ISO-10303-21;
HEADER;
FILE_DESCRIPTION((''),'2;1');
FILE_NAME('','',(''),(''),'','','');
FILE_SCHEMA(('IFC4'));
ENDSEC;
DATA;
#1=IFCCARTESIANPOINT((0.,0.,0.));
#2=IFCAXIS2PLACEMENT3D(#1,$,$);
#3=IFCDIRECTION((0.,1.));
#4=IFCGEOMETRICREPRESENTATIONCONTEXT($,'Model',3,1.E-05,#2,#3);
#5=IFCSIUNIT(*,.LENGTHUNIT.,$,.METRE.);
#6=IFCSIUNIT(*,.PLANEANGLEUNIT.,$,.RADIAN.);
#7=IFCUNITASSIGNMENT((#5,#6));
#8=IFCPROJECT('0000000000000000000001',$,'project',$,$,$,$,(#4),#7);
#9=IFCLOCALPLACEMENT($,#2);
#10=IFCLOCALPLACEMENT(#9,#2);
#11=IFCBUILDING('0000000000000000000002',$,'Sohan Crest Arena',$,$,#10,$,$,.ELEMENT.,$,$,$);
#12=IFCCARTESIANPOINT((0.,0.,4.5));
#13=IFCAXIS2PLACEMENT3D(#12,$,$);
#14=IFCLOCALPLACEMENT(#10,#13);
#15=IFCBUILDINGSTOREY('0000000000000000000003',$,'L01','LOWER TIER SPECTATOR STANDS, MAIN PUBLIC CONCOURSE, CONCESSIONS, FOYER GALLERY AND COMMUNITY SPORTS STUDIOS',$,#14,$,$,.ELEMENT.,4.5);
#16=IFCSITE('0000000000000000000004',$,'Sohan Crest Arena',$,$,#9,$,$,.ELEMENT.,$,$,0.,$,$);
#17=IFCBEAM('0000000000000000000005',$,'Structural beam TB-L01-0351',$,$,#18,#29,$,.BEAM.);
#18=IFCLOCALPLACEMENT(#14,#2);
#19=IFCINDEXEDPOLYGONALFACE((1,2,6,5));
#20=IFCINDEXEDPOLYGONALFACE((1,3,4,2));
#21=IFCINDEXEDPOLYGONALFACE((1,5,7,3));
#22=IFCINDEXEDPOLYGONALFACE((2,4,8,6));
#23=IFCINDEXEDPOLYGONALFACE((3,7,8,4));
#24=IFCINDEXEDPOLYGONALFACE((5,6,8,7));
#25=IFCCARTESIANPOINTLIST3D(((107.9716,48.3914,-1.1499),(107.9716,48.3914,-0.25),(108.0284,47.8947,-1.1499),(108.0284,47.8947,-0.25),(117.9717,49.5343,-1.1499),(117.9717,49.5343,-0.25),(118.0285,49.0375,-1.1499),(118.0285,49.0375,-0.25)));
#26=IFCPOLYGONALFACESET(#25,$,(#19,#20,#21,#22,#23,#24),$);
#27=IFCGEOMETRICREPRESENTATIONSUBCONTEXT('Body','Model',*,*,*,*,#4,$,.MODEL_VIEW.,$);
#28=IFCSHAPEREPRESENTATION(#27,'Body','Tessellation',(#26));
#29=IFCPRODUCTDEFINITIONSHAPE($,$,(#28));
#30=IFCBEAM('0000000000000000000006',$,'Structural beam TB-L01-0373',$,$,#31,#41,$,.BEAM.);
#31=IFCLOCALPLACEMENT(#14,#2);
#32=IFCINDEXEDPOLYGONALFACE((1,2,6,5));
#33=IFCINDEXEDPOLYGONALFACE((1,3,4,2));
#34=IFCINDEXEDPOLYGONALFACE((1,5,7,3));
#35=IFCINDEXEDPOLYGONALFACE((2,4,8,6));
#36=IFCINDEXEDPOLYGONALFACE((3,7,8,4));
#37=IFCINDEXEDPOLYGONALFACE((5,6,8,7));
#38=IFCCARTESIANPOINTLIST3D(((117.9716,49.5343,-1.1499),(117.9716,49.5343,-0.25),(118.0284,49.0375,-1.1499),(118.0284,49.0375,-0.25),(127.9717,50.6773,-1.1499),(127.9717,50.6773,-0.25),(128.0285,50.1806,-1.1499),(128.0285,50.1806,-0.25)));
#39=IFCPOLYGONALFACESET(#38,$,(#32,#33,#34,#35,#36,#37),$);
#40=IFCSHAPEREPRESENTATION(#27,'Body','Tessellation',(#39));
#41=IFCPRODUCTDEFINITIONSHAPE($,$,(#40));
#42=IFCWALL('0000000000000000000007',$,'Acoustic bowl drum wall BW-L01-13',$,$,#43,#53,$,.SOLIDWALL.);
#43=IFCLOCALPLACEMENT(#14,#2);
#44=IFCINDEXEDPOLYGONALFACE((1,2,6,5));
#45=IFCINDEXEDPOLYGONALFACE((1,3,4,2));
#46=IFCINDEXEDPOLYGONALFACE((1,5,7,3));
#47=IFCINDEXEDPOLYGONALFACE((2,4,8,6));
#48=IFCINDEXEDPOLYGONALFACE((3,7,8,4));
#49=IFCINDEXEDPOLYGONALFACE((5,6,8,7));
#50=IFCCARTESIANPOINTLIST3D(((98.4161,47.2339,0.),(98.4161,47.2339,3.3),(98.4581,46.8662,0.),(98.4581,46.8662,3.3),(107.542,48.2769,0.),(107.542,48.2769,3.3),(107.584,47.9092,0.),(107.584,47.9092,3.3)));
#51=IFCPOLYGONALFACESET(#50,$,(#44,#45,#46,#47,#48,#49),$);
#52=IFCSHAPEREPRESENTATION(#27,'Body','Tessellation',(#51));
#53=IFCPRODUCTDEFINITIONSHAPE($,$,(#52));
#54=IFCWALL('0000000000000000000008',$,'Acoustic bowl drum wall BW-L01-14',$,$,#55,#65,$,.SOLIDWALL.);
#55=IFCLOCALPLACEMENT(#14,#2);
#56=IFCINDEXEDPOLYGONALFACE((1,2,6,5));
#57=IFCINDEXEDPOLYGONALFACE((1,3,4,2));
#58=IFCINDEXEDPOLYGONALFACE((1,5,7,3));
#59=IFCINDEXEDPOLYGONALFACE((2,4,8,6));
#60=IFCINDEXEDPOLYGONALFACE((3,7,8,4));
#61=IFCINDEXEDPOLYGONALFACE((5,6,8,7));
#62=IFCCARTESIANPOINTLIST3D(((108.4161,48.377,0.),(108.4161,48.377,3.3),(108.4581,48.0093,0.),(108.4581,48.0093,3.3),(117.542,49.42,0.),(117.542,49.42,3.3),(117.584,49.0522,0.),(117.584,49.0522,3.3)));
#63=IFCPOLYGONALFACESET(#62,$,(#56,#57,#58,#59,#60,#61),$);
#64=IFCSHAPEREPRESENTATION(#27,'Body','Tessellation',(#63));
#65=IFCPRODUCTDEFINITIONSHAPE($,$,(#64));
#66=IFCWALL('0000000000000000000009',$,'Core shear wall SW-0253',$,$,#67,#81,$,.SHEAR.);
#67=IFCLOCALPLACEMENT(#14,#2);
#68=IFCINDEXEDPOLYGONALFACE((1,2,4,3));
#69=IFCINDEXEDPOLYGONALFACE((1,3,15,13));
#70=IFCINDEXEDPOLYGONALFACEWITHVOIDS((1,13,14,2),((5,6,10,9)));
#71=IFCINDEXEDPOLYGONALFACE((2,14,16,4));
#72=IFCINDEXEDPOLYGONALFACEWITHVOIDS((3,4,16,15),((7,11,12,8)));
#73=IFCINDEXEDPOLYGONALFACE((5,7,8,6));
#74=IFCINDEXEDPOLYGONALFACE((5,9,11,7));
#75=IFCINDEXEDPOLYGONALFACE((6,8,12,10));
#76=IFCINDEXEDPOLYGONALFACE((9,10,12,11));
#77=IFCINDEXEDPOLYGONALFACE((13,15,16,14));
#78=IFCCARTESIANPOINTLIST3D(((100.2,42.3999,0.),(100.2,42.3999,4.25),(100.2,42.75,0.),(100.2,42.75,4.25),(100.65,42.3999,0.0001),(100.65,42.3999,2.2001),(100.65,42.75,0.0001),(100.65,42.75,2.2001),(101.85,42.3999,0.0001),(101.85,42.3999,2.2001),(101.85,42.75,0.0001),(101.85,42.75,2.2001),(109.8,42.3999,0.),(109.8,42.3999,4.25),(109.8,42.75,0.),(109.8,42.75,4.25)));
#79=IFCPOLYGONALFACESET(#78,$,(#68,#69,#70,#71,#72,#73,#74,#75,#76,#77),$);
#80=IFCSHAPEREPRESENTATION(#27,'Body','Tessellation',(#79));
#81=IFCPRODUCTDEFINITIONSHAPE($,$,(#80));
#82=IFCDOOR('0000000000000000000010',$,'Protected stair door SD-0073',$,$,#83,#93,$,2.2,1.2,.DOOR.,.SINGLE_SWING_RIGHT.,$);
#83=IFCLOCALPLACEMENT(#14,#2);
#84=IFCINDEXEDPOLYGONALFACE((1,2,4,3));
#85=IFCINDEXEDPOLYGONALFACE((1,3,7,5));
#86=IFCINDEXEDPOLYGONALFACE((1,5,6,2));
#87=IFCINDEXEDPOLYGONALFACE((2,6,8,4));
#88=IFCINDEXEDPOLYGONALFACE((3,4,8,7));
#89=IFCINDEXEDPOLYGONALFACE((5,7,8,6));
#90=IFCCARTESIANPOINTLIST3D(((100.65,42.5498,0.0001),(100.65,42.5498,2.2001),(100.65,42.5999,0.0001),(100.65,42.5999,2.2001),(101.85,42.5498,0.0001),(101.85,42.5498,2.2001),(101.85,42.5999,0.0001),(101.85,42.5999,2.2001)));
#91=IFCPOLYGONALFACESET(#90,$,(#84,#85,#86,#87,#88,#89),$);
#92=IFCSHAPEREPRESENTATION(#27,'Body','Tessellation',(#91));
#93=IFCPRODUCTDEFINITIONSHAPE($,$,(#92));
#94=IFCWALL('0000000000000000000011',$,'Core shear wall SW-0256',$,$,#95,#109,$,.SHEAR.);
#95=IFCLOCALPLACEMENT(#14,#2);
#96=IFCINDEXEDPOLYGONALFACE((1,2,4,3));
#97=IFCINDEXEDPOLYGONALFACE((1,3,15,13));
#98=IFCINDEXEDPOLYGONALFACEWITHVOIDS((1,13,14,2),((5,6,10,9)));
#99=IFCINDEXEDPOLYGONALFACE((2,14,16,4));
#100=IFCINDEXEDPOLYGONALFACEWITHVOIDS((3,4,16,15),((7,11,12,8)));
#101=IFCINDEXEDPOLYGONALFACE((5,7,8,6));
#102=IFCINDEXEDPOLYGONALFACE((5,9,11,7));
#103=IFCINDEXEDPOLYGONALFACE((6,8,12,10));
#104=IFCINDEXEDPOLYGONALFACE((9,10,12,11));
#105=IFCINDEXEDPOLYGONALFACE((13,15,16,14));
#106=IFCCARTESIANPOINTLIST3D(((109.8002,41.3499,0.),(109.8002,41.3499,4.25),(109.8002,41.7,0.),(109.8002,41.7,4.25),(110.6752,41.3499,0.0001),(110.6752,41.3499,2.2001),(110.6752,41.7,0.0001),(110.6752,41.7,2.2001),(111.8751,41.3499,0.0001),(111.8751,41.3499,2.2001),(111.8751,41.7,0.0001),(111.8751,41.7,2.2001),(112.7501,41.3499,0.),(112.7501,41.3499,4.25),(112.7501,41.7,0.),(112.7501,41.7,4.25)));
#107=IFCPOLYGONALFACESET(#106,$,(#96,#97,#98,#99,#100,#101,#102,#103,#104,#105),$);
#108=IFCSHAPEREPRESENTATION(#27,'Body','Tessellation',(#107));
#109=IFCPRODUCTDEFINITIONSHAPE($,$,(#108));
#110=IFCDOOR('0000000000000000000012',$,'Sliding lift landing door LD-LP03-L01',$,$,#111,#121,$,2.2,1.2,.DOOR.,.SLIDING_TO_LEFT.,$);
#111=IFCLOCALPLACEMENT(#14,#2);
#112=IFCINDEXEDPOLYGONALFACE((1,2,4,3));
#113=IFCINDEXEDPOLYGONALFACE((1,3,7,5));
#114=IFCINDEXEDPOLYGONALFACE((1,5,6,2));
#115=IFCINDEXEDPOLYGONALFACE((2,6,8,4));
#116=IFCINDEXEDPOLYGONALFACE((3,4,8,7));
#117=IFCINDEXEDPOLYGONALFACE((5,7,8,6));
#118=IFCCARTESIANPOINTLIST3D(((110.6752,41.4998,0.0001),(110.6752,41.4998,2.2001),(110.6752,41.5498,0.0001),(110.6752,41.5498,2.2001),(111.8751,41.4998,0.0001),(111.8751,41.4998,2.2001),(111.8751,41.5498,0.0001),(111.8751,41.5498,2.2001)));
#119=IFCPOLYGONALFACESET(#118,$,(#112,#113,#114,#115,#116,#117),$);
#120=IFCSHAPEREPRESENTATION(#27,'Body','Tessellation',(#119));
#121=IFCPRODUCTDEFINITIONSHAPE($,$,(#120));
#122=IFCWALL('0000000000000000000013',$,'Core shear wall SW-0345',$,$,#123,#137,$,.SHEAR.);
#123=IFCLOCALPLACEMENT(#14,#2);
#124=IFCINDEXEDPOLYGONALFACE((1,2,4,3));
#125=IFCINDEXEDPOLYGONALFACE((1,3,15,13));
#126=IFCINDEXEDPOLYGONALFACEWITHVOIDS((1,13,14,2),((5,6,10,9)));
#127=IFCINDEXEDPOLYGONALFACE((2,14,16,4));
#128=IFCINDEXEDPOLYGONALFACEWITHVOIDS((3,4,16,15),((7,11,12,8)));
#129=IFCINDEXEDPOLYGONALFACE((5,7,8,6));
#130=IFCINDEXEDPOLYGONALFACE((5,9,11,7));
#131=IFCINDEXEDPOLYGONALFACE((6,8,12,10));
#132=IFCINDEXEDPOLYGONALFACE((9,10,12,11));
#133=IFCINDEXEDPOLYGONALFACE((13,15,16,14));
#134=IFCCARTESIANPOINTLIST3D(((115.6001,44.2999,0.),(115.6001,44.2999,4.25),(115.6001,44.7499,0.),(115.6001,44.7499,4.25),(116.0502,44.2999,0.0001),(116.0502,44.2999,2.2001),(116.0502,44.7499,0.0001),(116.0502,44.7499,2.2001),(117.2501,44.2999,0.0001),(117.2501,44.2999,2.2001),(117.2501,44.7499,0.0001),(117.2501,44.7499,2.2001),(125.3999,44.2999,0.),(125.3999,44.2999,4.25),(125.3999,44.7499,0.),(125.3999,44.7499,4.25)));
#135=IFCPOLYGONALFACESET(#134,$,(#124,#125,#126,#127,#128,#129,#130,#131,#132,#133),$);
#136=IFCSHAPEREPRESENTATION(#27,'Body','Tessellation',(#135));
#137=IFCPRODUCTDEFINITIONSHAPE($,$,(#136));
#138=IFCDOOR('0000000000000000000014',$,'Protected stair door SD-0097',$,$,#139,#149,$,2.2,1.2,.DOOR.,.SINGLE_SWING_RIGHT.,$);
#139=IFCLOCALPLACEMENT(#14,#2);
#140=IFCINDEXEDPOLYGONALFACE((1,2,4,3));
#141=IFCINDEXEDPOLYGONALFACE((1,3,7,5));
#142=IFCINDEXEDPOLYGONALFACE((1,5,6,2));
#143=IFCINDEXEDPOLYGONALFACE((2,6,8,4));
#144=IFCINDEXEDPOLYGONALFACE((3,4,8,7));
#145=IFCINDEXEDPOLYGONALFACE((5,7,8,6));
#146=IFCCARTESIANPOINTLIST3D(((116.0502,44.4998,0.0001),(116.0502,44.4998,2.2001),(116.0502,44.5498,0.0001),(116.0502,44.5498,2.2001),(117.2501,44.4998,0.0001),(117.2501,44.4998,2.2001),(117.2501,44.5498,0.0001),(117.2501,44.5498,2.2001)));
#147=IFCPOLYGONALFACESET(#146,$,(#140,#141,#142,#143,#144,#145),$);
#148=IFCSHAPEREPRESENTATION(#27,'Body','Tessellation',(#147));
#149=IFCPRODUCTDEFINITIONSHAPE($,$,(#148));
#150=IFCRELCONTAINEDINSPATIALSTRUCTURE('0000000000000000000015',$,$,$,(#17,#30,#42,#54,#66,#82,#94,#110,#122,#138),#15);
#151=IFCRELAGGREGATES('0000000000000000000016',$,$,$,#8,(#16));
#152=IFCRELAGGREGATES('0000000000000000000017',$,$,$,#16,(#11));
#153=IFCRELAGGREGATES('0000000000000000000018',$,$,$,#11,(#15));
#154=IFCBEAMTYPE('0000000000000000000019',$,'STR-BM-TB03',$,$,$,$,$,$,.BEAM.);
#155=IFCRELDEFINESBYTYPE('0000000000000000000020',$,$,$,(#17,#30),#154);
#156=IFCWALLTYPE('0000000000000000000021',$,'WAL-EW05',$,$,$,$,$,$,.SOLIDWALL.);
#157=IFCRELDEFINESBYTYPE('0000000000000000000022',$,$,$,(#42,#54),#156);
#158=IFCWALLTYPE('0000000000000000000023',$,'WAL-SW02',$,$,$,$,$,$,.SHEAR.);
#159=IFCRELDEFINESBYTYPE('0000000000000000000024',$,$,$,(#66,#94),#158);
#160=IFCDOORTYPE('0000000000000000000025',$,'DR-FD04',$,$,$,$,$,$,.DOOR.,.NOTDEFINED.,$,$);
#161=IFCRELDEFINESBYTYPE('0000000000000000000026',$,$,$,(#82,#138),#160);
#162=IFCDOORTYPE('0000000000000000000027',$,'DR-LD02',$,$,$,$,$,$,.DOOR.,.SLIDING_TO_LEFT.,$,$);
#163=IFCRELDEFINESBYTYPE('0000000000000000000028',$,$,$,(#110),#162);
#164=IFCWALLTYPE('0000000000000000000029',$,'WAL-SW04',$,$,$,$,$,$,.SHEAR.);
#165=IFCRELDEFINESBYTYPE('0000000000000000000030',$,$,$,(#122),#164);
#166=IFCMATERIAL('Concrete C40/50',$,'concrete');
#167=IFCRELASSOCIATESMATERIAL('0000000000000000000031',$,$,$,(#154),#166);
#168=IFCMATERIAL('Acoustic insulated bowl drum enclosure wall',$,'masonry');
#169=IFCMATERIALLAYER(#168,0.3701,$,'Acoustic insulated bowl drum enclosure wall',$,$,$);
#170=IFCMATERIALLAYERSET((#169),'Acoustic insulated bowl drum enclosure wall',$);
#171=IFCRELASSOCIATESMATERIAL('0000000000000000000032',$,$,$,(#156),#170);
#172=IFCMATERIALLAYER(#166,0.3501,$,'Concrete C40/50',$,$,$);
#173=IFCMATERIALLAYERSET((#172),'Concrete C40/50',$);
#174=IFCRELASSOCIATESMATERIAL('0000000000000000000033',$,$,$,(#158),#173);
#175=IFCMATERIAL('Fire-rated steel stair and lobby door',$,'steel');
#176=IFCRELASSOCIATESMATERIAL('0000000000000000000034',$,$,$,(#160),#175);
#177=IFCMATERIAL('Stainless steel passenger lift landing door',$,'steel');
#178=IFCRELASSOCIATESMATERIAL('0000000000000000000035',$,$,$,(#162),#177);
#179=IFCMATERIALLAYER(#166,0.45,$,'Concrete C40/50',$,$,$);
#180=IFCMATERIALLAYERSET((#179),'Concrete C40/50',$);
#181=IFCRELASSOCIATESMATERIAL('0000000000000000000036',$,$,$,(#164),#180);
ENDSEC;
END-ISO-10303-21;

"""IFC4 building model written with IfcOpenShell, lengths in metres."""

from ifc_helpers import new_model, si_unit, direction, frame, frame_2d, origin, origin_2d, place, context, subcontext, project, spatial, rectangle, extrude, material, layer, layer_set, material_profile, profile_set, type_object, element, fill, save


model = new_model("IFC4")

# Units and contexts
model_context = context("Model", 3, precision=1e-05, world=origin(), true_north=direction((0.0, 1.0)))
body_context = subcontext(model_context, "Body", "Model", "MODEL_VIEW")
ifc_project = project(units=[si_unit("LENGTHUNIT", "METRE"), si_unit("PLANEANGLEUNIT", "RADIAN")], contexts=[model_context])

# Site, building, storey
site_placement = place(None, origin())
site = spatial("IfcSite", under=ifc_project, at=site_placement, Name="Sohan Crest Arena", CompositionType="ELEMENT", RefElevation=0.0)
building_placement = place(site_placement, origin())
building = spatial("IfcBuilding", under=site, at=building_placement, Name="Sohan Crest Arena", CompositionType="ELEMENT")
storey_placement = place(building_placement, frame((0.0, 0.0, 4.5)))
storey = spatial("IfcBuildingStorey", under=building, at=storey_placement, Name="L01", Description="LOWER TIER SPECTATOR STANDS, MAIN PUBLIC CONCOURSE, CONCESSIONS, FOYER GALLERY AND COMMUNITY SPORTS STUDIOS", CompositionType="ELEMENT", Elevation=4.5)

# Shared definitions
ifc_material_1 = material(Name="Concrete C40/50", Category="concrete")

# Beams
ifc_material_profile_1 = material_profile(ifc_material_1, rectangle(XDim=0.5, YDim=0.8999, at=origin_2d()), Name="RC-BM 500x900")
ifc_profile_set_1 = profile_set([ifc_material_profile_1], Name="Concrete C40/50")
beam_type_1 = type_object("IfcBeamType", Name="STR-BM-TB03", PredefinedType="BEAM", material=ifc_profile_set_1)
for number, where, z_axis, x_axis, name in (
    (1, (108.0, 48.1431, -0.7), (0.993533, 0.113543, 0.0), (-0.113543, 0.993533, 0.0), "Structural beam TB-L01-0351"),
    (2, (118.0, 49.2859, -0.7), (0.99353, 0.113567, 0.0), (-0.113567, 0.99353, 0.0), "Structural beam TB-L01-0373"),
):
    element("IfcBeam", number, at=place(storey_placement, frame(where, z_axis=z_axis, x_axis=x_axis)), inside=storey, type_object=beam_type_1, Name=name, PredefinedType="BEAM", context=body_context, shape_type="SweptSolid", body=[
        extrude(rectangle(XDim=0.5, YDim=0.8999, at=origin_2d()), origin(), (0.0, 0.0, 1.0), 10.0652),
    ])

# Walls
ifc_material_2 = material(Name="Acoustic insulated bowl drum enclosure wall", Category="masonry")
ifc_layer_1 = layer(ifc_material_2, 0.3701, Name="Acoustic insulated bowl drum enclosure wall")
ifc_layer_set_1 = layer_set([ifc_layer_1], Name="Acoustic insulated bowl drum enclosure wall")
wall_type_1 = type_object("IfcWallType", Name="WAL-EW05", PredefinedType="SOLIDWALL", material=ifc_layer_set_1)
for number, where, z_axis, x_axis, name in (
    (3, (98.437, 47.05, 0.0), (0.0, 0.0, 1.0), (0.993533, 0.113547, 0.0), "Acoustic bowl drum wall BW-L01-13"),
    (4, (108.437, 48.1931, 0.0), (0.0, 0.0, 1.0), (0.993533, 0.113547, 0.0), "Acoustic bowl drum wall BW-L01-14"),
):
    element("IfcWall", number, at=place(storey_placement, frame(where, z_axis=z_axis, x_axis=x_axis)), inside=storey, type_object=wall_type_1, Name=name, PredefinedType="SOLIDWALL", context=body_context, shape_type="SweptSolid", body=[
        extrude(rectangle(XDim=9.1853, YDim=0.3701, at=frame_2d((4.5928, 0.0))), origin(), (0.0, 0.0, 1.0), 3.3),
    ])

# Walls, openings, doors
ifc_layer_2 = layer(ifc_material_1, 0.3501, Name="Concrete C40/50")
ifc_layer_set_2 = layer_set([ifc_layer_2], Name="Concrete C40/50")
wall_type_2 = type_object("IfcWallType", Name="WAL-SW02", PredefinedType="SHEAR", material=ifc_layer_set_2)
wall_1_placement = place(storey_placement, frame((100.2, 42.575, 0.0), z_axis=(0.0, 0.0, 1.0), x_axis=(1.0, 0.0, 0.0)))
wall_1 = element("IfcWall", 5, at=wall_1_placement, inside=storey, type_object=wall_type_2, Name="Core shear wall SW-0253", PredefinedType="SHEAR", context=body_context, shape_type="SweptSolid", body=[
    extrude(rectangle(XDim=9.6001, YDim=0.3501, at=frame_2d((4.8, 0.0))), origin(), (0.0, 0.0, 1.0), 4.25),
])
opening_1_placement = place(wall_1_placement, frame((0.45, 0.0, 0.0)))
opening_1 = element("IfcOpeningElement", 6, at=opening_1_placement, cuts=wall_1, PredefinedType="OPENING", context=body_context, shape_type="SweptSolid", body=[
    extrude(rectangle(XDim=1.2, YDim=2.2, at=frame_2d((0.6001, 1.1001))), frame((0.0, 0.1851, 0.0), z_axis=(0.0, -1.0, 0.0), x_axis=(1.0, 0.0, 0.0)), (0.0, 0.0, 1.0), 0.3701),
])
ifc_material_3 = material(Name="Fire-rated steel stair and lobby door", Category="steel")
door_type_1 = type_object("IfcDoorType", Name="DR-FD04", OperationType="NOTDEFINED", PredefinedType="DOOR", material=ifc_material_3)
door_1_placement = place(opening_1_placement, origin())
door_1 = element("IfcDoor", 7, at=door_1_placement, inside=storey, type_object=door_type_1, Name="Protected stair door SD-0073", OperationType="SINGLE_SWING_RIGHT", OverallHeight=2.2, OverallWidth=1.2, PredefinedType="DOOR", context=body_context, shape_type="SweptSolid", body=[
    extrude(rectangle(XDim=1.2, YDim=2.2, at=frame_2d((0.6001, 1.1001))), frame((0.0, 0.0249, 0.0), z_axis=(0.0, -1.0, 0.0), x_axis=(1.0, 0.0, 0.0)), (0.0, 0.0, 1.0), 0.05),
])
fill(opening_1, door_1)
wall_2_placement = place(storey_placement, frame((109.8, 41.5249, 0.0), z_axis=(0.0, 0.0, 1.0), x_axis=(1.0, 0.0, 0.0)))
wall_2 = element("IfcWall", 8, at=wall_2_placement, inside=storey, type_object=wall_type_2, Name="Core shear wall SW-0256", PredefinedType="SHEAR", context=body_context, shape_type="SweptSolid", body=[
    extrude(rectangle(XDim=2.95, YDim=0.3501, at=frame_2d((1.4751, 0.0))), origin(), (0.0, 0.0, 1.0), 4.25),
])
opening_2_placement = place(wall_2_placement, frame((0.875, 0.0, 0.0)))
opening_2 = element("IfcOpeningElement", 9, at=opening_2_placement, cuts=wall_2, PredefinedType="OPENING", context=body_context, shape_type="SweptSolid", body=[
    extrude(rectangle(XDim=1.2, YDim=2.2, at=frame_2d((0.6001, 1.1001))), frame((0.0, 0.1851, 0.0), z_axis=(0.0, -1.0, 0.0), x_axis=(1.0, 0.0, 0.0)), (0.0, 0.0, 1.0), 0.3701),
])
ifc_material_4 = material(Name="Stainless steel passenger lift landing door", Category="steel")
door_type_2 = type_object("IfcDoorType", Name="DR-LD02", OperationType="SLIDING_TO_LEFT", PredefinedType="DOOR", material=ifc_material_4)
door_2_placement = place(opening_2_placement, origin())
door_2 = element("IfcDoor", 10, at=door_2_placement, inside=storey, type_object=door_type_2, Name="Sliding lift landing door LD-LP03-L01", OperationType="SLIDING_TO_LEFT", OverallHeight=2.2, OverallWidth=1.2, PredefinedType="DOOR", context=body_context, shape_type="SweptSolid", body=[
    extrude(rectangle(XDim=1.2, YDim=2.2, at=frame_2d((0.6001, 1.1001))), frame((0.0, 0.0249, 0.0), z_axis=(0.0, -1.0, 0.0), x_axis=(1.0, 0.0, 0.0)), (0.0, 0.0, 1.0), 0.05),
])
fill(opening_2, door_2)
ifc_layer_3 = layer(ifc_material_1, 0.45, Name="Concrete C40/50")
ifc_layer_set_3 = layer_set([ifc_layer_3], Name="Concrete C40/50")
wall_type_3 = type_object("IfcWallType", Name="WAL-SW04", PredefinedType="SHEAR", material=ifc_layer_set_3)
wall_3_placement = place(storey_placement, frame((115.6001, 44.5249, 0.0), z_axis=(0.0, 0.0, 1.0), x_axis=(1.0, 0.0, 0.0)))
wall_3 = element("IfcWall", 11, at=wall_3_placement, inside=storey, type_object=wall_type_3, Name="Core shear wall SW-0345", PredefinedType="SHEAR", context=body_context, shape_type="SweptSolid", body=[
    extrude(rectangle(XDim=9.7998, YDim=0.45, at=frame_2d((4.8999, 0.0))), origin(), (0.0, 0.0, 1.0), 4.25),
])
opening_3_placement = place(wall_3_placement, frame((0.45, 0.0, 0.0)))
opening_3 = element("IfcOpeningElement", 12, at=opening_3_placement, cuts=wall_3, PredefinedType="OPENING", context=body_context, shape_type="SweptSolid", body=[
    extrude(rectangle(XDim=1.2, YDim=2.2, at=frame_2d((0.6001, 1.1001))), frame((0.0, 0.2349, 0.0), z_axis=(0.0, -1.0, 0.0), x_axis=(1.0, 0.0, 0.0)), (0.0, 0.0, 1.0), 0.47),
])
door_3_placement = place(opening_3_placement, origin())
door_3 = element("IfcDoor", 13, at=door_3_placement, inside=storey, type_object=door_type_1, Name="Protected stair door SD-0097", OperationType="SINGLE_SWING_RIGHT", OverallHeight=2.2, OverallWidth=1.2, PredefinedType="DOOR", context=body_context, shape_type="SweptSolid", body=[
    extrude(rectangle(XDim=1.2, YDim=2.2, at=frame_2d((0.6001, 1.1001))), frame((0.0, 0.0249, 0.0), z_axis=(0.0, -1.0, 0.0), x_axis=(1.0, 0.0, 0.0)), (0.0, 0.0, 1.0), 0.05),
])
fill(opening_3, door_3)

save(model, "model.ifc")
